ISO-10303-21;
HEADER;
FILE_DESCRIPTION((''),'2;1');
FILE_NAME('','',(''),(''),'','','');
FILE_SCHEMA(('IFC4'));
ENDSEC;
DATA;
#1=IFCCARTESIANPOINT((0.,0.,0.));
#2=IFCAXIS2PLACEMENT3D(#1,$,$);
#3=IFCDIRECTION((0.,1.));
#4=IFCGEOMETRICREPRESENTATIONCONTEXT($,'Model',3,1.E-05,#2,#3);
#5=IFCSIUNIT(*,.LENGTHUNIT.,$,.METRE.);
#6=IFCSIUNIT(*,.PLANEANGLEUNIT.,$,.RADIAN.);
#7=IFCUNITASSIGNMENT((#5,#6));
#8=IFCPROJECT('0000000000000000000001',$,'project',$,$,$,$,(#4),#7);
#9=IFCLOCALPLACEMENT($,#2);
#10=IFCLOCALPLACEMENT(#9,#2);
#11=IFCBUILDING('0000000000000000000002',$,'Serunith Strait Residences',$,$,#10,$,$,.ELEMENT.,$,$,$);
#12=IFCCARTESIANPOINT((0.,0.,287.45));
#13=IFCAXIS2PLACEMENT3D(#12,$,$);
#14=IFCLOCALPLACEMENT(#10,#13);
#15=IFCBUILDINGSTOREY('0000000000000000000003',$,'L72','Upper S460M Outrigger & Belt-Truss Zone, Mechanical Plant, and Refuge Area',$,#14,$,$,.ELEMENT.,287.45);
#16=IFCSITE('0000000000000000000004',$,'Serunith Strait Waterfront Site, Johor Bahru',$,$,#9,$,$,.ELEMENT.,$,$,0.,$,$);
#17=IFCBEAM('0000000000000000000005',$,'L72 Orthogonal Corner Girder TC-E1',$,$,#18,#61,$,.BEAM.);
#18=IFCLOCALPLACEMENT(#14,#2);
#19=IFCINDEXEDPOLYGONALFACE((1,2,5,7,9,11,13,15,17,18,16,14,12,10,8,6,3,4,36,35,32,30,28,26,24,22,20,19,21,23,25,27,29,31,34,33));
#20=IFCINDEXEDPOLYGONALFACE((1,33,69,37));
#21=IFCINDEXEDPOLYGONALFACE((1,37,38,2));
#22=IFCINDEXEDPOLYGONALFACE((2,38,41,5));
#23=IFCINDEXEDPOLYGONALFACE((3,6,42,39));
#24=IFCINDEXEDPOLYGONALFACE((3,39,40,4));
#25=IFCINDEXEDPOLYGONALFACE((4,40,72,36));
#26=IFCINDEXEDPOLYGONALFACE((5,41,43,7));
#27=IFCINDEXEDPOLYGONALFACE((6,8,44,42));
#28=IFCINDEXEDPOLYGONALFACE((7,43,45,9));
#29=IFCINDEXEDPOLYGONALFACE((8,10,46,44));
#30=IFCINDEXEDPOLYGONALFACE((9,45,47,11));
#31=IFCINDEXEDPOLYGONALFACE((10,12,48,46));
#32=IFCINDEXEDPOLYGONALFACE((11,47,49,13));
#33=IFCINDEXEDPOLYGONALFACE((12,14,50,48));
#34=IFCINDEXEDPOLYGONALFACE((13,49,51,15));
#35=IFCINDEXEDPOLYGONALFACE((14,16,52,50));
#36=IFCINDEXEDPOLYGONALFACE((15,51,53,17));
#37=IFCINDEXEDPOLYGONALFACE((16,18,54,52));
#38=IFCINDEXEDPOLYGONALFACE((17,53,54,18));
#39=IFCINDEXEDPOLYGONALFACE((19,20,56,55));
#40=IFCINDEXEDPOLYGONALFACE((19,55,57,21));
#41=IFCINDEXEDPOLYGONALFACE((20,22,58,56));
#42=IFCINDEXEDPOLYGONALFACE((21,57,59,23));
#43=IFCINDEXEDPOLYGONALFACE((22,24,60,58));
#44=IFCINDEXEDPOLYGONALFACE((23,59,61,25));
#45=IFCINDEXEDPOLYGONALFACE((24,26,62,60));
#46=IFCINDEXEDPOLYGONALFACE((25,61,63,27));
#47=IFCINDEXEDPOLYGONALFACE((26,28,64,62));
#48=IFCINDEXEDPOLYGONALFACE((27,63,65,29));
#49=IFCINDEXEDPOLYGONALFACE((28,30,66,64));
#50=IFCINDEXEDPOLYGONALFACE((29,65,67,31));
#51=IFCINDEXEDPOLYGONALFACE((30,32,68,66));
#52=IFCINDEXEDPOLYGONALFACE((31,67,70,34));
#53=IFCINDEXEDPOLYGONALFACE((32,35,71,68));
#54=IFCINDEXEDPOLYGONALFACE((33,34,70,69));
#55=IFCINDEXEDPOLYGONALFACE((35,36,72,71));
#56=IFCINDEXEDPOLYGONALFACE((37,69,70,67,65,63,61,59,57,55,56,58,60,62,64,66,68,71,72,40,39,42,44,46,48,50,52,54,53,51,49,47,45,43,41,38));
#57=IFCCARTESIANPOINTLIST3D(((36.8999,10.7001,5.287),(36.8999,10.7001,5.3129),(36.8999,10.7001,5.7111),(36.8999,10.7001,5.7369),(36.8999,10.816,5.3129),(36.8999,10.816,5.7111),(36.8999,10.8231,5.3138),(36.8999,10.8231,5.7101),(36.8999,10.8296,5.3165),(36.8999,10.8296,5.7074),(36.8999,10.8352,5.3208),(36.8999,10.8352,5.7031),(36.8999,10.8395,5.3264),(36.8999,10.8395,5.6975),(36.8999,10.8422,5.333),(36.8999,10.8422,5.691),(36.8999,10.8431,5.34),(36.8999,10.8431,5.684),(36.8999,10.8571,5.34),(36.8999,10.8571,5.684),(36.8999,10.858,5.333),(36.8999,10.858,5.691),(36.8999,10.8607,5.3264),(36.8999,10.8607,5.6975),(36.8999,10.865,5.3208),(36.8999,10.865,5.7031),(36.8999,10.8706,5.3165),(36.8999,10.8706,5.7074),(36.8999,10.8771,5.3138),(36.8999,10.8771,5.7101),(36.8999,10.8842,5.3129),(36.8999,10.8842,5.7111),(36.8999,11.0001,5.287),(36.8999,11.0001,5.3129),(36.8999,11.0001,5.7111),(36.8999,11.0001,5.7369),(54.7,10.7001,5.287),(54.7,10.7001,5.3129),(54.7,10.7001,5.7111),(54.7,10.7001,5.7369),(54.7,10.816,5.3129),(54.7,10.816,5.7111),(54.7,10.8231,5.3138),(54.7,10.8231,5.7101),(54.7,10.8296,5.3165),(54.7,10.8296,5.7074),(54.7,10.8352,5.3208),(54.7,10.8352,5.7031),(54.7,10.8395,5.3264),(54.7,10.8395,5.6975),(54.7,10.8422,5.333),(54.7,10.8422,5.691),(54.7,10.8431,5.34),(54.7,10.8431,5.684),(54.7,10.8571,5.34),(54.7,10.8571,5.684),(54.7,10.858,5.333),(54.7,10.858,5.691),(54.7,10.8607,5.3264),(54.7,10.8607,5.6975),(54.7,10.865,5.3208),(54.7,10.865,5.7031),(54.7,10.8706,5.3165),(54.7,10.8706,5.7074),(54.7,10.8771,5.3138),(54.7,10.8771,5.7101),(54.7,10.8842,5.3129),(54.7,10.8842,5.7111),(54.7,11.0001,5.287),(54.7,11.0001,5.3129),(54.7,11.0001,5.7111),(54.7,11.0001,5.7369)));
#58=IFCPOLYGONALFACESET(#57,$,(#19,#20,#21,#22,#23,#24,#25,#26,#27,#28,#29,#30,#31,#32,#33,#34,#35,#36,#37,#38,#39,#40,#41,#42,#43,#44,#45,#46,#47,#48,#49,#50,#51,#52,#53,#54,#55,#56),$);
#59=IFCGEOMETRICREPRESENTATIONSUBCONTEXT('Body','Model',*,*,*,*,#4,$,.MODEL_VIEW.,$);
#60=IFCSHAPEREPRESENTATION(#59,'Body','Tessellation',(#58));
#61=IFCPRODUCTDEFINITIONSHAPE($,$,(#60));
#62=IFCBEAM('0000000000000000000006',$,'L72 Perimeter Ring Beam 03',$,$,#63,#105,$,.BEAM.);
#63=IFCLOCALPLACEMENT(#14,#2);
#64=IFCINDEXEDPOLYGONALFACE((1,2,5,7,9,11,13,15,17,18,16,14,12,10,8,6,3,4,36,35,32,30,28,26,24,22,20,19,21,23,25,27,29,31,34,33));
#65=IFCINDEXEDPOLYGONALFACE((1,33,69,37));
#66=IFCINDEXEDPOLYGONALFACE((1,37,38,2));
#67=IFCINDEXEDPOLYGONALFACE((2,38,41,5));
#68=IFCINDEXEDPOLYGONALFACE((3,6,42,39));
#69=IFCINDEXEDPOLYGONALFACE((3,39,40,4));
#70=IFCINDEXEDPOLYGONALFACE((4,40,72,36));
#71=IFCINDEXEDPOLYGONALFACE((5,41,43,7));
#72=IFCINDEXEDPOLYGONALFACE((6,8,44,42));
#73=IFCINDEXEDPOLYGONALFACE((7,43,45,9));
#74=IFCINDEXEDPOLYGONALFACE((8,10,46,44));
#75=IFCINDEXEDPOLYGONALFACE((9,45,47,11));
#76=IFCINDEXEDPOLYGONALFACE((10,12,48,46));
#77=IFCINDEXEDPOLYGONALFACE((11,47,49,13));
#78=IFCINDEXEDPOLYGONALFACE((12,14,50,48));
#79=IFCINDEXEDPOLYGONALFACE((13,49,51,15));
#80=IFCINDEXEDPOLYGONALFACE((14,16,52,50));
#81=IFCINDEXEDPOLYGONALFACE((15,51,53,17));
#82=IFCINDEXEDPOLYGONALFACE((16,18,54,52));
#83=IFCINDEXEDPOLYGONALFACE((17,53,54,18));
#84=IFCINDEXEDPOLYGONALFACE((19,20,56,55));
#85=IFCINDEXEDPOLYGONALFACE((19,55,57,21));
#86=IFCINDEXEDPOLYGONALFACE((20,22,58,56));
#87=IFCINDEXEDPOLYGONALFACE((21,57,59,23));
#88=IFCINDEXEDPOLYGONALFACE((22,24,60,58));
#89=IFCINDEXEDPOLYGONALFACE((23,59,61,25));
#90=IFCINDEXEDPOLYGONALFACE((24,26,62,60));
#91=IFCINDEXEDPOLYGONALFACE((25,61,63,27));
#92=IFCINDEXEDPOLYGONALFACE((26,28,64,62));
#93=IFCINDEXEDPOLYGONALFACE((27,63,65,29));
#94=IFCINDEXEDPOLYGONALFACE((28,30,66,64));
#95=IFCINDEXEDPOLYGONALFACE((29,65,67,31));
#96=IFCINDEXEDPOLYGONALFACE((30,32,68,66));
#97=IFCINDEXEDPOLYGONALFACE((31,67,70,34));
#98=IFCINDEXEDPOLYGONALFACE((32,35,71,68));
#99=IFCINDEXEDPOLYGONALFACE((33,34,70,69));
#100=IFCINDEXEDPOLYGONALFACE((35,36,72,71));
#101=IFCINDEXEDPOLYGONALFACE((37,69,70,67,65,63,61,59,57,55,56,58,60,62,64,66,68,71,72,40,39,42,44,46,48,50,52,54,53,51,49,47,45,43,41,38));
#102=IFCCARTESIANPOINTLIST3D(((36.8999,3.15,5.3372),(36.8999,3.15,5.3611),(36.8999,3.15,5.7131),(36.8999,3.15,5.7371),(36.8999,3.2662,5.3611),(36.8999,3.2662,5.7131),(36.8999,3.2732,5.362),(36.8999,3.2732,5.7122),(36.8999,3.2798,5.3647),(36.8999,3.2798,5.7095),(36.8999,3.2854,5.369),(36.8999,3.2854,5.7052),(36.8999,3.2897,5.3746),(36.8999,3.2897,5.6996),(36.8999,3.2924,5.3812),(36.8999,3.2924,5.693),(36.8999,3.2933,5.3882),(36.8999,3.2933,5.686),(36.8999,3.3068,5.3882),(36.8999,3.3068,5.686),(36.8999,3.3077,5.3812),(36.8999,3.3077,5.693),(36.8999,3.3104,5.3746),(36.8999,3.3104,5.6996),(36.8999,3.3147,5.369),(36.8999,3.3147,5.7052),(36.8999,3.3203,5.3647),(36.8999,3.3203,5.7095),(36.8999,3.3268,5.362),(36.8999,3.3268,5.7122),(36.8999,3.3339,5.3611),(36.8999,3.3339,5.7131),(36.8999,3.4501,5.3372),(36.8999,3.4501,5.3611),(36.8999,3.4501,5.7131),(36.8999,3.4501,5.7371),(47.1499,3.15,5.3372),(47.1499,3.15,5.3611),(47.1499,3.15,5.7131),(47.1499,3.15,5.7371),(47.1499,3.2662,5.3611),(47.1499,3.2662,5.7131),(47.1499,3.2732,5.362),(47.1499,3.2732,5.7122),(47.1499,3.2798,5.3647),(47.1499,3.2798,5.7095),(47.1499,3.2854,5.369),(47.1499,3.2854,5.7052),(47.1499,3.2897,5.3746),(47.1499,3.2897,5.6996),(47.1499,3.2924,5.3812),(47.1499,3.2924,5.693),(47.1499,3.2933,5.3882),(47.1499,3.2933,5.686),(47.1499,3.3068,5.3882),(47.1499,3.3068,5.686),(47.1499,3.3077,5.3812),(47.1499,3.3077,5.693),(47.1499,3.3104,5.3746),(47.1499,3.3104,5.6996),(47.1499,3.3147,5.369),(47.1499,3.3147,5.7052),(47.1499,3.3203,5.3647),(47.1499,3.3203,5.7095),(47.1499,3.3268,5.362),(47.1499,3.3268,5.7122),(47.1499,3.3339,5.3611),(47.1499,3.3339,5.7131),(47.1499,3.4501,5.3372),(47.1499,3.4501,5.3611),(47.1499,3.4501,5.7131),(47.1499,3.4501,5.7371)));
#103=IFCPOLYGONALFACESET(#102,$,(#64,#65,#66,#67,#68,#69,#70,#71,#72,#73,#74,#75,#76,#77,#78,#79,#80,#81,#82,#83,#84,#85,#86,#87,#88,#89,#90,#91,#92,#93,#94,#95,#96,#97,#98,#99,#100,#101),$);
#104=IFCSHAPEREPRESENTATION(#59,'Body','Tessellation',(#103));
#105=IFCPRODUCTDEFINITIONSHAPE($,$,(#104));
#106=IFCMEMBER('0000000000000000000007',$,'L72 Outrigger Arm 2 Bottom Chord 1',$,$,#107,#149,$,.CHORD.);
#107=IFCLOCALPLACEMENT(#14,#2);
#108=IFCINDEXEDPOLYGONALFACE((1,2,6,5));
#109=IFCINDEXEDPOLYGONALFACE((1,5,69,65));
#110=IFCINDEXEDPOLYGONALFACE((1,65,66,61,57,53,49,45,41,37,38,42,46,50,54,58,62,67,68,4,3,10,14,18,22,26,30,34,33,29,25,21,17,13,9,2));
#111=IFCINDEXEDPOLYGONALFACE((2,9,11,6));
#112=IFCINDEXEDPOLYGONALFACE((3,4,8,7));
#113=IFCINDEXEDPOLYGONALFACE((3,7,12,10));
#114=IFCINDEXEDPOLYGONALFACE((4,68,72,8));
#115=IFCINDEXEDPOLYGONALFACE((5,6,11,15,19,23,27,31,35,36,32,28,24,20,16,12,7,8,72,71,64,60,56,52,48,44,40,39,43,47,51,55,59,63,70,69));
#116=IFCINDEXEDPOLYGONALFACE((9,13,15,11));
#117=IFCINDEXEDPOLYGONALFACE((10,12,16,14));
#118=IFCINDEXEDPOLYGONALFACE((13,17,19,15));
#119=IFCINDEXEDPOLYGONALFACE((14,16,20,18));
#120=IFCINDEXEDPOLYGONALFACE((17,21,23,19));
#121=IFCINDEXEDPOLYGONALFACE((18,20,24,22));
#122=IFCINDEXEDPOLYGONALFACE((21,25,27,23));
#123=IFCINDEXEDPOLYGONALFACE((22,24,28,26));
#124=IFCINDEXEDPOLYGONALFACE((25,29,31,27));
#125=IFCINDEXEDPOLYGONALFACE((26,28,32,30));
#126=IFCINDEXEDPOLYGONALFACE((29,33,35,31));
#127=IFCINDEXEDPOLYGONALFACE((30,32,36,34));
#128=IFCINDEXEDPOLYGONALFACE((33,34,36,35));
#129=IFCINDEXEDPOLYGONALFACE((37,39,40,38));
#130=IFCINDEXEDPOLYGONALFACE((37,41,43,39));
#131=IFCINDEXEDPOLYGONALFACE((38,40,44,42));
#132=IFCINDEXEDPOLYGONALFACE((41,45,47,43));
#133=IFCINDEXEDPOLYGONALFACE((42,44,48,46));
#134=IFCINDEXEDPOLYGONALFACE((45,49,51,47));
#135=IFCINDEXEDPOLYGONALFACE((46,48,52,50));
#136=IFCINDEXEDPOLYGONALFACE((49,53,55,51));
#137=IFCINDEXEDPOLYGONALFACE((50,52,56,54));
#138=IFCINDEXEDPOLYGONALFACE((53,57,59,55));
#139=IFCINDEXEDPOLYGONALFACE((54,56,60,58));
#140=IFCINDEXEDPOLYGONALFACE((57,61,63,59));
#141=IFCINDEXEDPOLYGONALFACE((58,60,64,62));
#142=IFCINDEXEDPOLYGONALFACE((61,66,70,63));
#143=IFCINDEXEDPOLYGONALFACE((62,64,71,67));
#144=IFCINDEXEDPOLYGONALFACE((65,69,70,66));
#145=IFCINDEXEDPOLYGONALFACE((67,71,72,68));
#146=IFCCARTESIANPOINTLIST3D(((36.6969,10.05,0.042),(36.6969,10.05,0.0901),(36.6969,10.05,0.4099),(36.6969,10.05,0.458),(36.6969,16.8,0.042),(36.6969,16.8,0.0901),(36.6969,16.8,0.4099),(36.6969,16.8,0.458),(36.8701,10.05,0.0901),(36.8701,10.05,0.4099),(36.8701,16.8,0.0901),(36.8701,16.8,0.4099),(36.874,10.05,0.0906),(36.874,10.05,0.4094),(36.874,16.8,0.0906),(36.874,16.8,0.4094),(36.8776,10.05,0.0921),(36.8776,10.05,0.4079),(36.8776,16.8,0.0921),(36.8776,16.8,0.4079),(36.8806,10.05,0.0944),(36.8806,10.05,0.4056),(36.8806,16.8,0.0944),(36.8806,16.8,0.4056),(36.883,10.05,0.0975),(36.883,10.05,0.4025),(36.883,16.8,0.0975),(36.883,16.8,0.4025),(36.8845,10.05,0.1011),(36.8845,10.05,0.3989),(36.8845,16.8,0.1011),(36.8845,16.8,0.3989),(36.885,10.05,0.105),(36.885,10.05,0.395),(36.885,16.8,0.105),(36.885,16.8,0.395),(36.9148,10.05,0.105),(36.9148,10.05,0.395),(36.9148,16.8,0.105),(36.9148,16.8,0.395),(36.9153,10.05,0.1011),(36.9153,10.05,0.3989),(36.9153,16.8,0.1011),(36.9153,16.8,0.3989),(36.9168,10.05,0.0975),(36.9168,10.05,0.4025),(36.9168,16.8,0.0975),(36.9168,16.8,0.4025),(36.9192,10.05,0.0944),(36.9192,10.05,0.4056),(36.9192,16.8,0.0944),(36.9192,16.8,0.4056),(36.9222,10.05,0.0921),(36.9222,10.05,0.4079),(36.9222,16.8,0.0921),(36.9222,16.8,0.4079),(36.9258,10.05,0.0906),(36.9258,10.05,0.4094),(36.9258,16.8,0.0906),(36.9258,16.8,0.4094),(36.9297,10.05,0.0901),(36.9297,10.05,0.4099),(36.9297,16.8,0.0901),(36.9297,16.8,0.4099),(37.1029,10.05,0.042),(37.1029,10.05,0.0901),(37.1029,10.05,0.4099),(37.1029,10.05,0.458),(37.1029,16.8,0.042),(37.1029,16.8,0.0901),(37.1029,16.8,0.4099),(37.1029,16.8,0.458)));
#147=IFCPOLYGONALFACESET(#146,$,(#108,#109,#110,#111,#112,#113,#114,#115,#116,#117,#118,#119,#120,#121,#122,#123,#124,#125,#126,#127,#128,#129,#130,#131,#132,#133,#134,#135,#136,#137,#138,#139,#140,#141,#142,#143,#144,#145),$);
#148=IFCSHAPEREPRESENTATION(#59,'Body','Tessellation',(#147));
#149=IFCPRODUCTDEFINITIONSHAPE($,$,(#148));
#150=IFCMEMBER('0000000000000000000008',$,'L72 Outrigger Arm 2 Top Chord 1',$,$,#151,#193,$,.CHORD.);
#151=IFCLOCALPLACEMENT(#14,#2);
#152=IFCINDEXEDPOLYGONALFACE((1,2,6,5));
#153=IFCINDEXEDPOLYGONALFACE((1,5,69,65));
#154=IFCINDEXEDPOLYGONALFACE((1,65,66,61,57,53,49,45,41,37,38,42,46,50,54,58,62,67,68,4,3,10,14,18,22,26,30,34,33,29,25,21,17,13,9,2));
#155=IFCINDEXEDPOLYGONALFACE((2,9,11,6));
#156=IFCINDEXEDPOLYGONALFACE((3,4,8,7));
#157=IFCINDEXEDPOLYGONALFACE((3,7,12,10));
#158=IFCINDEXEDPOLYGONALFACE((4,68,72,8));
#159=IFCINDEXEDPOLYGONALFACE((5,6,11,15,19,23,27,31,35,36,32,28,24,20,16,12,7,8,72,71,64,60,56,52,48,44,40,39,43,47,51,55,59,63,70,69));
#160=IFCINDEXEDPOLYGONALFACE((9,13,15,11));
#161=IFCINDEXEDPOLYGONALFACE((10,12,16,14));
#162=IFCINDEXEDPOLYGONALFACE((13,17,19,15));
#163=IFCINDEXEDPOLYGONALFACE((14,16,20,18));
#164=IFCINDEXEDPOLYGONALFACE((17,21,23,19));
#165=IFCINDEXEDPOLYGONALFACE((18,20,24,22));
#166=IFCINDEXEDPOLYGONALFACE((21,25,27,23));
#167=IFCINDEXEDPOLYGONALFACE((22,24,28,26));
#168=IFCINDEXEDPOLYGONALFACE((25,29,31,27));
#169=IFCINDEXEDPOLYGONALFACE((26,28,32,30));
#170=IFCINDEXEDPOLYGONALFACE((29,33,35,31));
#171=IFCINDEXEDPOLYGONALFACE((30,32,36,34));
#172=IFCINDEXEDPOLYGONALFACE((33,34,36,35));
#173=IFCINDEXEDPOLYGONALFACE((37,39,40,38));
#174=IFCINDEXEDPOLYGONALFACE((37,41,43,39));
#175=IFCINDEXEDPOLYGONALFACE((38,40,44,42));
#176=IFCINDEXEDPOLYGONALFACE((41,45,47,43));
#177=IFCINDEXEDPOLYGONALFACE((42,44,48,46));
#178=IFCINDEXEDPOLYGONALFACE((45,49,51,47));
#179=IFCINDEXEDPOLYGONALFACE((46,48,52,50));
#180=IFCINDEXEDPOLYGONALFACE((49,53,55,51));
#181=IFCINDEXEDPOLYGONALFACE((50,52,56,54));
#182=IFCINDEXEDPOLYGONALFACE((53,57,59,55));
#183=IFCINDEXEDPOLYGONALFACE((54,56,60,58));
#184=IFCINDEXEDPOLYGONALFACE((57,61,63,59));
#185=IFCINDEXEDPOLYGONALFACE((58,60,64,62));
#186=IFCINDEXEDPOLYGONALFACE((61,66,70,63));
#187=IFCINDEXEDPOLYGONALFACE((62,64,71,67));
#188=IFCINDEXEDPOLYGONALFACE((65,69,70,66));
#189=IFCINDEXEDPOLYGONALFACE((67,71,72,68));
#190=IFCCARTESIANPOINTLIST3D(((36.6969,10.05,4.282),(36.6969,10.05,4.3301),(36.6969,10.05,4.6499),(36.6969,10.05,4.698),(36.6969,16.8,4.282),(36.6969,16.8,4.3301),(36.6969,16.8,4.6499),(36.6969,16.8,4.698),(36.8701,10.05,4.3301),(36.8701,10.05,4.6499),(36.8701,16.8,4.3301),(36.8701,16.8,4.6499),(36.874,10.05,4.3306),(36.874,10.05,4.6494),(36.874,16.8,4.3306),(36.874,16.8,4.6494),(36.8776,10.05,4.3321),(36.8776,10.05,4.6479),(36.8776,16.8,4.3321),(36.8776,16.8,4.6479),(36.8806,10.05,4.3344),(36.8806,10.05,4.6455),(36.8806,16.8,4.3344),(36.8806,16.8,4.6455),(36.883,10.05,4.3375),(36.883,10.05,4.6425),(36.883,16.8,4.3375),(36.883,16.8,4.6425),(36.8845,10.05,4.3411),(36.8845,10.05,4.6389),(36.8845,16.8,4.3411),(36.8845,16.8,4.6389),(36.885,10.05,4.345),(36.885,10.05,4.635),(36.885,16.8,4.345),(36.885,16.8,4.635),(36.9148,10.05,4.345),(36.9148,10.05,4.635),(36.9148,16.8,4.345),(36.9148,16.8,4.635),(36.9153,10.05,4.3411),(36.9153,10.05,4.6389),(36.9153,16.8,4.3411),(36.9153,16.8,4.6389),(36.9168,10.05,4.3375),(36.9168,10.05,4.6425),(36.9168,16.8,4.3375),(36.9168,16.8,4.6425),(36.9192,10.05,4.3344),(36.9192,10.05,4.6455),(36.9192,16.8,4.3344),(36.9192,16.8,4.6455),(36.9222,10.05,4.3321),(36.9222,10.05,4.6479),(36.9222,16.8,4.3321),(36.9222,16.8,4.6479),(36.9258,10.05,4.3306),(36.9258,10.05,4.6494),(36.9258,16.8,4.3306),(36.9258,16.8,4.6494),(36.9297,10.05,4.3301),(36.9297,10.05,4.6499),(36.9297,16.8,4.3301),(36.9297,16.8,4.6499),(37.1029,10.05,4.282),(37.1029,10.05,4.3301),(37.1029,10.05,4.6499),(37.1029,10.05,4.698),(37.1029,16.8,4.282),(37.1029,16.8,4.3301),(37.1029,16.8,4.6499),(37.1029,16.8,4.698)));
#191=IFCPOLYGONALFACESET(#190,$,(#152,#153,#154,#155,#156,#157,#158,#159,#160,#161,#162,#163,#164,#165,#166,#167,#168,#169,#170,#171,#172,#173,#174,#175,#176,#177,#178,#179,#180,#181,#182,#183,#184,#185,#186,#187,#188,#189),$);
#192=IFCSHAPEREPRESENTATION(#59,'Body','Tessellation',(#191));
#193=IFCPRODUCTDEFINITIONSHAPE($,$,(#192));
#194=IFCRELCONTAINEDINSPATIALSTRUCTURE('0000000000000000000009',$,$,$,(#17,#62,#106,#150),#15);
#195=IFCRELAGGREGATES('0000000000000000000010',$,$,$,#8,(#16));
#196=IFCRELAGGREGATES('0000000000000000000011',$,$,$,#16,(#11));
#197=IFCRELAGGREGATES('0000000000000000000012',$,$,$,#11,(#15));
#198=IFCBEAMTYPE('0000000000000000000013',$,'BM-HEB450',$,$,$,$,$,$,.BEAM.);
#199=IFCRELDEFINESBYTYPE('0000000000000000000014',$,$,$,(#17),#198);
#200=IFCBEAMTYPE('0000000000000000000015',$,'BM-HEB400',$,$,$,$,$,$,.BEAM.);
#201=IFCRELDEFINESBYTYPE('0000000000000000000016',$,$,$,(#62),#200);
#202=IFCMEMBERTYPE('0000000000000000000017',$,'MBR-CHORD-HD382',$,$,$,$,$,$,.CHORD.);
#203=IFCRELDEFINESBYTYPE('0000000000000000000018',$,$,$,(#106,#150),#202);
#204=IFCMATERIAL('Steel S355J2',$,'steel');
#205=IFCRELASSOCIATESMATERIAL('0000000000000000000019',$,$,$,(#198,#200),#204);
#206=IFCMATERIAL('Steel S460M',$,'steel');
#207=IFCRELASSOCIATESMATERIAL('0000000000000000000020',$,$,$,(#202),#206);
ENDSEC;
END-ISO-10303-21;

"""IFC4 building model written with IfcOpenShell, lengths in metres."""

from ifc_helpers import new_model, si_unit, direction, frame, origin, origin_2d, place, context, subcontext, project, spatial, i_section, extrude, source, transform, mapped, material, material_profile, profile_set, type_object, element, save


model = new_model("IFC4")

# Units and contexts
model_context = context("Model", 3, precision=1e-05, world=origin(), true_north=direction((0.0, 1.0)))
body_context = subcontext(model_context, "Body", "Model", "MODEL_VIEW")
ifc_project = project(units=[si_unit("LENGTHUNIT", "METRE"), si_unit("PLANEANGLEUNIT", "RADIAN")], contexts=[model_context])

# Site, building, storey
site_placement = place(None, origin())
site = spatial("IfcSite", under=ifc_project, at=site_placement, Name="Serunith Strait Waterfront Site, Johor Bahru", CompositionType="ELEMENT", RefElevation=0.0)
building_placement = place(site_placement, origin())
building = spatial("IfcBuilding", under=site, at=building_placement, Name="Serunith Strait Residences", CompositionType="ELEMENT")
storey_placement = place(building_placement, frame((0.0, 0.0, 287.45)))
storey = spatial("IfcBuildingStorey", under=building, at=storey_placement, Name="L72", Description="Upper S460M Outrigger & Belt-Truss Zone, Mechanical Plant, and Refuge Area", CompositionType="ELEMENT", Elevation=287.45)

# Beams
ifc_material_1 = material(Name="Steel S355J2", Category="steel")
ifc_material_profile_1 = material_profile(ifc_material_1, i_section(OverallWidth=0.3, OverallDepth=0.45, WebThickness=0.0139, FlangeThickness=0.0259, FilletRadius=0.0271, at=origin_2d()), Name="HEB 450")
ifc_profile_set_1 = profile_set([ifc_material_profile_1], Name="Steel S355J2")
beam_type_1 = type_object("IfcBeamType", Name="BM-HEB450", PredefinedType="BEAM", material=ifc_profile_set_1)
shared_shape_1 = source(origin(), body_context, "Body", "SweptSolid", [
    extrude(i_section(OverallWidth=0.3, OverallDepth=0.45, WebThickness=0.0139, FlangeThickness=0.0259, FilletRadius=0.0271, at=origin_2d()), origin(), (0.0, 0.0, 1.0), 17.8),
])
beam_1_placement = place(storey_placement, frame((36.8999, 10.8501, 5.512), z_axis=(1.0, 0.0, 0.0), x_axis=(0.0, 1.0, 0.0)))
element("IfcBeam", 1, at=beam_1_placement, inside=storey, type_object=beam_type_1, Name="L72 Orthogonal Corner Girder TC-E1", PredefinedType="BEAM", context=body_context, shape_type="MappedRepresentation", body=[
    mapped(shared_shape_1, transform((0.0, 0.0, 0.0), scale=1.0)),
])
ifc_material_profile_2 = material_profile(ifc_material_1, i_section(OverallWidth=0.3, OverallDepth=0.3999, WebThickness=0.0134, FlangeThickness=0.0239, FilletRadius=0.0271, at=origin_2d()), Name="HEB 400")
ifc_profile_set_2 = profile_set([ifc_material_profile_2], Name="Steel S355J2")
beam_type_2 = type_object("IfcBeamType", Name="BM-HEB400", PredefinedType="BEAM", material=ifc_profile_set_2)
shared_shape_2 = source(origin(), body_context, "Body", "SweptSolid", [
    extrude(i_section(OverallWidth=0.3, OverallDepth=0.3999, WebThickness=0.0134, FlangeThickness=0.0239, FilletRadius=0.0271, at=origin_2d()), origin(), (0.0, 0.0, 1.0), 10.25),
])
beam_2_placement = place(storey_placement, frame((36.8999, 3.3, 5.5371), z_axis=(1.0, 0.0, 0.0), x_axis=(0.0, 1.0, 0.0)))
element("IfcBeam", 2, at=beam_2_placement, inside=storey, type_object=beam_type_2, Name="L72 Perimeter Ring Beam 03", PredefinedType="BEAM", context=body_context, shape_type="MappedRepresentation", body=[
    mapped(shared_shape_2, transform((0.0, 0.0, 0.0), scale=1.0)),
])

# Members
ifc_material_2 = material(Name="Steel S460M", Category="steel")
ifc_material_profile_3 = material_profile(ifc_material_2, i_section(OverallWidth=0.406, OverallDepth=0.416, WebThickness=0.0298, FlangeThickness=0.0481, FilletRadius=0.0149, at=origin_2d()), Name="HD 400x382")
ifc_profile_set_3 = profile_set([ifc_material_profile_3], Name="Steel S460M")
member_type_1 = type_object("IfcMemberType", Name="MBR-CHORD-HD382", PredefinedType="CHORD", material=ifc_profile_set_3)
shared_shape_3 = source(origin(), body_context, "Body", "SweptSolid", [
    extrude(i_section(OverallWidth=0.406, OverallDepth=0.416, WebThickness=0.0298, FlangeThickness=0.0481, FilletRadius=0.0149, at=origin_2d()), origin(), (0.0, 0.0, 1.0), 6.75),
])
for number, where, z_axis, x_axis, name in (
    (3, (36.8999, 16.8, 0.25), (0.0, -1.0, 0.0), (1.0, 0.0, 0.0), "L72 Outrigger Arm 2 Bottom Chord 1"),
    (4, (36.8999, 16.8, 4.49), (0.0, -1.0, 0.0), (1.0, 0.0, 0.0), "L72 Outrigger Arm 2 Top Chord 1"),
):
    element("IfcMember", number, at=place(storey_placement, frame(where, z_axis=z_axis, x_axis=x_axis)), inside=storey, type_object=member_type_1, Name=name, PredefinedType="CHORD", context=body_context, shape_type="MappedRepresentation", body=[
        mapped(shared_shape_3, transform((0.0, 0.0, 0.0), scale=1.0)),
    ])

save(model, "model.ifc")
